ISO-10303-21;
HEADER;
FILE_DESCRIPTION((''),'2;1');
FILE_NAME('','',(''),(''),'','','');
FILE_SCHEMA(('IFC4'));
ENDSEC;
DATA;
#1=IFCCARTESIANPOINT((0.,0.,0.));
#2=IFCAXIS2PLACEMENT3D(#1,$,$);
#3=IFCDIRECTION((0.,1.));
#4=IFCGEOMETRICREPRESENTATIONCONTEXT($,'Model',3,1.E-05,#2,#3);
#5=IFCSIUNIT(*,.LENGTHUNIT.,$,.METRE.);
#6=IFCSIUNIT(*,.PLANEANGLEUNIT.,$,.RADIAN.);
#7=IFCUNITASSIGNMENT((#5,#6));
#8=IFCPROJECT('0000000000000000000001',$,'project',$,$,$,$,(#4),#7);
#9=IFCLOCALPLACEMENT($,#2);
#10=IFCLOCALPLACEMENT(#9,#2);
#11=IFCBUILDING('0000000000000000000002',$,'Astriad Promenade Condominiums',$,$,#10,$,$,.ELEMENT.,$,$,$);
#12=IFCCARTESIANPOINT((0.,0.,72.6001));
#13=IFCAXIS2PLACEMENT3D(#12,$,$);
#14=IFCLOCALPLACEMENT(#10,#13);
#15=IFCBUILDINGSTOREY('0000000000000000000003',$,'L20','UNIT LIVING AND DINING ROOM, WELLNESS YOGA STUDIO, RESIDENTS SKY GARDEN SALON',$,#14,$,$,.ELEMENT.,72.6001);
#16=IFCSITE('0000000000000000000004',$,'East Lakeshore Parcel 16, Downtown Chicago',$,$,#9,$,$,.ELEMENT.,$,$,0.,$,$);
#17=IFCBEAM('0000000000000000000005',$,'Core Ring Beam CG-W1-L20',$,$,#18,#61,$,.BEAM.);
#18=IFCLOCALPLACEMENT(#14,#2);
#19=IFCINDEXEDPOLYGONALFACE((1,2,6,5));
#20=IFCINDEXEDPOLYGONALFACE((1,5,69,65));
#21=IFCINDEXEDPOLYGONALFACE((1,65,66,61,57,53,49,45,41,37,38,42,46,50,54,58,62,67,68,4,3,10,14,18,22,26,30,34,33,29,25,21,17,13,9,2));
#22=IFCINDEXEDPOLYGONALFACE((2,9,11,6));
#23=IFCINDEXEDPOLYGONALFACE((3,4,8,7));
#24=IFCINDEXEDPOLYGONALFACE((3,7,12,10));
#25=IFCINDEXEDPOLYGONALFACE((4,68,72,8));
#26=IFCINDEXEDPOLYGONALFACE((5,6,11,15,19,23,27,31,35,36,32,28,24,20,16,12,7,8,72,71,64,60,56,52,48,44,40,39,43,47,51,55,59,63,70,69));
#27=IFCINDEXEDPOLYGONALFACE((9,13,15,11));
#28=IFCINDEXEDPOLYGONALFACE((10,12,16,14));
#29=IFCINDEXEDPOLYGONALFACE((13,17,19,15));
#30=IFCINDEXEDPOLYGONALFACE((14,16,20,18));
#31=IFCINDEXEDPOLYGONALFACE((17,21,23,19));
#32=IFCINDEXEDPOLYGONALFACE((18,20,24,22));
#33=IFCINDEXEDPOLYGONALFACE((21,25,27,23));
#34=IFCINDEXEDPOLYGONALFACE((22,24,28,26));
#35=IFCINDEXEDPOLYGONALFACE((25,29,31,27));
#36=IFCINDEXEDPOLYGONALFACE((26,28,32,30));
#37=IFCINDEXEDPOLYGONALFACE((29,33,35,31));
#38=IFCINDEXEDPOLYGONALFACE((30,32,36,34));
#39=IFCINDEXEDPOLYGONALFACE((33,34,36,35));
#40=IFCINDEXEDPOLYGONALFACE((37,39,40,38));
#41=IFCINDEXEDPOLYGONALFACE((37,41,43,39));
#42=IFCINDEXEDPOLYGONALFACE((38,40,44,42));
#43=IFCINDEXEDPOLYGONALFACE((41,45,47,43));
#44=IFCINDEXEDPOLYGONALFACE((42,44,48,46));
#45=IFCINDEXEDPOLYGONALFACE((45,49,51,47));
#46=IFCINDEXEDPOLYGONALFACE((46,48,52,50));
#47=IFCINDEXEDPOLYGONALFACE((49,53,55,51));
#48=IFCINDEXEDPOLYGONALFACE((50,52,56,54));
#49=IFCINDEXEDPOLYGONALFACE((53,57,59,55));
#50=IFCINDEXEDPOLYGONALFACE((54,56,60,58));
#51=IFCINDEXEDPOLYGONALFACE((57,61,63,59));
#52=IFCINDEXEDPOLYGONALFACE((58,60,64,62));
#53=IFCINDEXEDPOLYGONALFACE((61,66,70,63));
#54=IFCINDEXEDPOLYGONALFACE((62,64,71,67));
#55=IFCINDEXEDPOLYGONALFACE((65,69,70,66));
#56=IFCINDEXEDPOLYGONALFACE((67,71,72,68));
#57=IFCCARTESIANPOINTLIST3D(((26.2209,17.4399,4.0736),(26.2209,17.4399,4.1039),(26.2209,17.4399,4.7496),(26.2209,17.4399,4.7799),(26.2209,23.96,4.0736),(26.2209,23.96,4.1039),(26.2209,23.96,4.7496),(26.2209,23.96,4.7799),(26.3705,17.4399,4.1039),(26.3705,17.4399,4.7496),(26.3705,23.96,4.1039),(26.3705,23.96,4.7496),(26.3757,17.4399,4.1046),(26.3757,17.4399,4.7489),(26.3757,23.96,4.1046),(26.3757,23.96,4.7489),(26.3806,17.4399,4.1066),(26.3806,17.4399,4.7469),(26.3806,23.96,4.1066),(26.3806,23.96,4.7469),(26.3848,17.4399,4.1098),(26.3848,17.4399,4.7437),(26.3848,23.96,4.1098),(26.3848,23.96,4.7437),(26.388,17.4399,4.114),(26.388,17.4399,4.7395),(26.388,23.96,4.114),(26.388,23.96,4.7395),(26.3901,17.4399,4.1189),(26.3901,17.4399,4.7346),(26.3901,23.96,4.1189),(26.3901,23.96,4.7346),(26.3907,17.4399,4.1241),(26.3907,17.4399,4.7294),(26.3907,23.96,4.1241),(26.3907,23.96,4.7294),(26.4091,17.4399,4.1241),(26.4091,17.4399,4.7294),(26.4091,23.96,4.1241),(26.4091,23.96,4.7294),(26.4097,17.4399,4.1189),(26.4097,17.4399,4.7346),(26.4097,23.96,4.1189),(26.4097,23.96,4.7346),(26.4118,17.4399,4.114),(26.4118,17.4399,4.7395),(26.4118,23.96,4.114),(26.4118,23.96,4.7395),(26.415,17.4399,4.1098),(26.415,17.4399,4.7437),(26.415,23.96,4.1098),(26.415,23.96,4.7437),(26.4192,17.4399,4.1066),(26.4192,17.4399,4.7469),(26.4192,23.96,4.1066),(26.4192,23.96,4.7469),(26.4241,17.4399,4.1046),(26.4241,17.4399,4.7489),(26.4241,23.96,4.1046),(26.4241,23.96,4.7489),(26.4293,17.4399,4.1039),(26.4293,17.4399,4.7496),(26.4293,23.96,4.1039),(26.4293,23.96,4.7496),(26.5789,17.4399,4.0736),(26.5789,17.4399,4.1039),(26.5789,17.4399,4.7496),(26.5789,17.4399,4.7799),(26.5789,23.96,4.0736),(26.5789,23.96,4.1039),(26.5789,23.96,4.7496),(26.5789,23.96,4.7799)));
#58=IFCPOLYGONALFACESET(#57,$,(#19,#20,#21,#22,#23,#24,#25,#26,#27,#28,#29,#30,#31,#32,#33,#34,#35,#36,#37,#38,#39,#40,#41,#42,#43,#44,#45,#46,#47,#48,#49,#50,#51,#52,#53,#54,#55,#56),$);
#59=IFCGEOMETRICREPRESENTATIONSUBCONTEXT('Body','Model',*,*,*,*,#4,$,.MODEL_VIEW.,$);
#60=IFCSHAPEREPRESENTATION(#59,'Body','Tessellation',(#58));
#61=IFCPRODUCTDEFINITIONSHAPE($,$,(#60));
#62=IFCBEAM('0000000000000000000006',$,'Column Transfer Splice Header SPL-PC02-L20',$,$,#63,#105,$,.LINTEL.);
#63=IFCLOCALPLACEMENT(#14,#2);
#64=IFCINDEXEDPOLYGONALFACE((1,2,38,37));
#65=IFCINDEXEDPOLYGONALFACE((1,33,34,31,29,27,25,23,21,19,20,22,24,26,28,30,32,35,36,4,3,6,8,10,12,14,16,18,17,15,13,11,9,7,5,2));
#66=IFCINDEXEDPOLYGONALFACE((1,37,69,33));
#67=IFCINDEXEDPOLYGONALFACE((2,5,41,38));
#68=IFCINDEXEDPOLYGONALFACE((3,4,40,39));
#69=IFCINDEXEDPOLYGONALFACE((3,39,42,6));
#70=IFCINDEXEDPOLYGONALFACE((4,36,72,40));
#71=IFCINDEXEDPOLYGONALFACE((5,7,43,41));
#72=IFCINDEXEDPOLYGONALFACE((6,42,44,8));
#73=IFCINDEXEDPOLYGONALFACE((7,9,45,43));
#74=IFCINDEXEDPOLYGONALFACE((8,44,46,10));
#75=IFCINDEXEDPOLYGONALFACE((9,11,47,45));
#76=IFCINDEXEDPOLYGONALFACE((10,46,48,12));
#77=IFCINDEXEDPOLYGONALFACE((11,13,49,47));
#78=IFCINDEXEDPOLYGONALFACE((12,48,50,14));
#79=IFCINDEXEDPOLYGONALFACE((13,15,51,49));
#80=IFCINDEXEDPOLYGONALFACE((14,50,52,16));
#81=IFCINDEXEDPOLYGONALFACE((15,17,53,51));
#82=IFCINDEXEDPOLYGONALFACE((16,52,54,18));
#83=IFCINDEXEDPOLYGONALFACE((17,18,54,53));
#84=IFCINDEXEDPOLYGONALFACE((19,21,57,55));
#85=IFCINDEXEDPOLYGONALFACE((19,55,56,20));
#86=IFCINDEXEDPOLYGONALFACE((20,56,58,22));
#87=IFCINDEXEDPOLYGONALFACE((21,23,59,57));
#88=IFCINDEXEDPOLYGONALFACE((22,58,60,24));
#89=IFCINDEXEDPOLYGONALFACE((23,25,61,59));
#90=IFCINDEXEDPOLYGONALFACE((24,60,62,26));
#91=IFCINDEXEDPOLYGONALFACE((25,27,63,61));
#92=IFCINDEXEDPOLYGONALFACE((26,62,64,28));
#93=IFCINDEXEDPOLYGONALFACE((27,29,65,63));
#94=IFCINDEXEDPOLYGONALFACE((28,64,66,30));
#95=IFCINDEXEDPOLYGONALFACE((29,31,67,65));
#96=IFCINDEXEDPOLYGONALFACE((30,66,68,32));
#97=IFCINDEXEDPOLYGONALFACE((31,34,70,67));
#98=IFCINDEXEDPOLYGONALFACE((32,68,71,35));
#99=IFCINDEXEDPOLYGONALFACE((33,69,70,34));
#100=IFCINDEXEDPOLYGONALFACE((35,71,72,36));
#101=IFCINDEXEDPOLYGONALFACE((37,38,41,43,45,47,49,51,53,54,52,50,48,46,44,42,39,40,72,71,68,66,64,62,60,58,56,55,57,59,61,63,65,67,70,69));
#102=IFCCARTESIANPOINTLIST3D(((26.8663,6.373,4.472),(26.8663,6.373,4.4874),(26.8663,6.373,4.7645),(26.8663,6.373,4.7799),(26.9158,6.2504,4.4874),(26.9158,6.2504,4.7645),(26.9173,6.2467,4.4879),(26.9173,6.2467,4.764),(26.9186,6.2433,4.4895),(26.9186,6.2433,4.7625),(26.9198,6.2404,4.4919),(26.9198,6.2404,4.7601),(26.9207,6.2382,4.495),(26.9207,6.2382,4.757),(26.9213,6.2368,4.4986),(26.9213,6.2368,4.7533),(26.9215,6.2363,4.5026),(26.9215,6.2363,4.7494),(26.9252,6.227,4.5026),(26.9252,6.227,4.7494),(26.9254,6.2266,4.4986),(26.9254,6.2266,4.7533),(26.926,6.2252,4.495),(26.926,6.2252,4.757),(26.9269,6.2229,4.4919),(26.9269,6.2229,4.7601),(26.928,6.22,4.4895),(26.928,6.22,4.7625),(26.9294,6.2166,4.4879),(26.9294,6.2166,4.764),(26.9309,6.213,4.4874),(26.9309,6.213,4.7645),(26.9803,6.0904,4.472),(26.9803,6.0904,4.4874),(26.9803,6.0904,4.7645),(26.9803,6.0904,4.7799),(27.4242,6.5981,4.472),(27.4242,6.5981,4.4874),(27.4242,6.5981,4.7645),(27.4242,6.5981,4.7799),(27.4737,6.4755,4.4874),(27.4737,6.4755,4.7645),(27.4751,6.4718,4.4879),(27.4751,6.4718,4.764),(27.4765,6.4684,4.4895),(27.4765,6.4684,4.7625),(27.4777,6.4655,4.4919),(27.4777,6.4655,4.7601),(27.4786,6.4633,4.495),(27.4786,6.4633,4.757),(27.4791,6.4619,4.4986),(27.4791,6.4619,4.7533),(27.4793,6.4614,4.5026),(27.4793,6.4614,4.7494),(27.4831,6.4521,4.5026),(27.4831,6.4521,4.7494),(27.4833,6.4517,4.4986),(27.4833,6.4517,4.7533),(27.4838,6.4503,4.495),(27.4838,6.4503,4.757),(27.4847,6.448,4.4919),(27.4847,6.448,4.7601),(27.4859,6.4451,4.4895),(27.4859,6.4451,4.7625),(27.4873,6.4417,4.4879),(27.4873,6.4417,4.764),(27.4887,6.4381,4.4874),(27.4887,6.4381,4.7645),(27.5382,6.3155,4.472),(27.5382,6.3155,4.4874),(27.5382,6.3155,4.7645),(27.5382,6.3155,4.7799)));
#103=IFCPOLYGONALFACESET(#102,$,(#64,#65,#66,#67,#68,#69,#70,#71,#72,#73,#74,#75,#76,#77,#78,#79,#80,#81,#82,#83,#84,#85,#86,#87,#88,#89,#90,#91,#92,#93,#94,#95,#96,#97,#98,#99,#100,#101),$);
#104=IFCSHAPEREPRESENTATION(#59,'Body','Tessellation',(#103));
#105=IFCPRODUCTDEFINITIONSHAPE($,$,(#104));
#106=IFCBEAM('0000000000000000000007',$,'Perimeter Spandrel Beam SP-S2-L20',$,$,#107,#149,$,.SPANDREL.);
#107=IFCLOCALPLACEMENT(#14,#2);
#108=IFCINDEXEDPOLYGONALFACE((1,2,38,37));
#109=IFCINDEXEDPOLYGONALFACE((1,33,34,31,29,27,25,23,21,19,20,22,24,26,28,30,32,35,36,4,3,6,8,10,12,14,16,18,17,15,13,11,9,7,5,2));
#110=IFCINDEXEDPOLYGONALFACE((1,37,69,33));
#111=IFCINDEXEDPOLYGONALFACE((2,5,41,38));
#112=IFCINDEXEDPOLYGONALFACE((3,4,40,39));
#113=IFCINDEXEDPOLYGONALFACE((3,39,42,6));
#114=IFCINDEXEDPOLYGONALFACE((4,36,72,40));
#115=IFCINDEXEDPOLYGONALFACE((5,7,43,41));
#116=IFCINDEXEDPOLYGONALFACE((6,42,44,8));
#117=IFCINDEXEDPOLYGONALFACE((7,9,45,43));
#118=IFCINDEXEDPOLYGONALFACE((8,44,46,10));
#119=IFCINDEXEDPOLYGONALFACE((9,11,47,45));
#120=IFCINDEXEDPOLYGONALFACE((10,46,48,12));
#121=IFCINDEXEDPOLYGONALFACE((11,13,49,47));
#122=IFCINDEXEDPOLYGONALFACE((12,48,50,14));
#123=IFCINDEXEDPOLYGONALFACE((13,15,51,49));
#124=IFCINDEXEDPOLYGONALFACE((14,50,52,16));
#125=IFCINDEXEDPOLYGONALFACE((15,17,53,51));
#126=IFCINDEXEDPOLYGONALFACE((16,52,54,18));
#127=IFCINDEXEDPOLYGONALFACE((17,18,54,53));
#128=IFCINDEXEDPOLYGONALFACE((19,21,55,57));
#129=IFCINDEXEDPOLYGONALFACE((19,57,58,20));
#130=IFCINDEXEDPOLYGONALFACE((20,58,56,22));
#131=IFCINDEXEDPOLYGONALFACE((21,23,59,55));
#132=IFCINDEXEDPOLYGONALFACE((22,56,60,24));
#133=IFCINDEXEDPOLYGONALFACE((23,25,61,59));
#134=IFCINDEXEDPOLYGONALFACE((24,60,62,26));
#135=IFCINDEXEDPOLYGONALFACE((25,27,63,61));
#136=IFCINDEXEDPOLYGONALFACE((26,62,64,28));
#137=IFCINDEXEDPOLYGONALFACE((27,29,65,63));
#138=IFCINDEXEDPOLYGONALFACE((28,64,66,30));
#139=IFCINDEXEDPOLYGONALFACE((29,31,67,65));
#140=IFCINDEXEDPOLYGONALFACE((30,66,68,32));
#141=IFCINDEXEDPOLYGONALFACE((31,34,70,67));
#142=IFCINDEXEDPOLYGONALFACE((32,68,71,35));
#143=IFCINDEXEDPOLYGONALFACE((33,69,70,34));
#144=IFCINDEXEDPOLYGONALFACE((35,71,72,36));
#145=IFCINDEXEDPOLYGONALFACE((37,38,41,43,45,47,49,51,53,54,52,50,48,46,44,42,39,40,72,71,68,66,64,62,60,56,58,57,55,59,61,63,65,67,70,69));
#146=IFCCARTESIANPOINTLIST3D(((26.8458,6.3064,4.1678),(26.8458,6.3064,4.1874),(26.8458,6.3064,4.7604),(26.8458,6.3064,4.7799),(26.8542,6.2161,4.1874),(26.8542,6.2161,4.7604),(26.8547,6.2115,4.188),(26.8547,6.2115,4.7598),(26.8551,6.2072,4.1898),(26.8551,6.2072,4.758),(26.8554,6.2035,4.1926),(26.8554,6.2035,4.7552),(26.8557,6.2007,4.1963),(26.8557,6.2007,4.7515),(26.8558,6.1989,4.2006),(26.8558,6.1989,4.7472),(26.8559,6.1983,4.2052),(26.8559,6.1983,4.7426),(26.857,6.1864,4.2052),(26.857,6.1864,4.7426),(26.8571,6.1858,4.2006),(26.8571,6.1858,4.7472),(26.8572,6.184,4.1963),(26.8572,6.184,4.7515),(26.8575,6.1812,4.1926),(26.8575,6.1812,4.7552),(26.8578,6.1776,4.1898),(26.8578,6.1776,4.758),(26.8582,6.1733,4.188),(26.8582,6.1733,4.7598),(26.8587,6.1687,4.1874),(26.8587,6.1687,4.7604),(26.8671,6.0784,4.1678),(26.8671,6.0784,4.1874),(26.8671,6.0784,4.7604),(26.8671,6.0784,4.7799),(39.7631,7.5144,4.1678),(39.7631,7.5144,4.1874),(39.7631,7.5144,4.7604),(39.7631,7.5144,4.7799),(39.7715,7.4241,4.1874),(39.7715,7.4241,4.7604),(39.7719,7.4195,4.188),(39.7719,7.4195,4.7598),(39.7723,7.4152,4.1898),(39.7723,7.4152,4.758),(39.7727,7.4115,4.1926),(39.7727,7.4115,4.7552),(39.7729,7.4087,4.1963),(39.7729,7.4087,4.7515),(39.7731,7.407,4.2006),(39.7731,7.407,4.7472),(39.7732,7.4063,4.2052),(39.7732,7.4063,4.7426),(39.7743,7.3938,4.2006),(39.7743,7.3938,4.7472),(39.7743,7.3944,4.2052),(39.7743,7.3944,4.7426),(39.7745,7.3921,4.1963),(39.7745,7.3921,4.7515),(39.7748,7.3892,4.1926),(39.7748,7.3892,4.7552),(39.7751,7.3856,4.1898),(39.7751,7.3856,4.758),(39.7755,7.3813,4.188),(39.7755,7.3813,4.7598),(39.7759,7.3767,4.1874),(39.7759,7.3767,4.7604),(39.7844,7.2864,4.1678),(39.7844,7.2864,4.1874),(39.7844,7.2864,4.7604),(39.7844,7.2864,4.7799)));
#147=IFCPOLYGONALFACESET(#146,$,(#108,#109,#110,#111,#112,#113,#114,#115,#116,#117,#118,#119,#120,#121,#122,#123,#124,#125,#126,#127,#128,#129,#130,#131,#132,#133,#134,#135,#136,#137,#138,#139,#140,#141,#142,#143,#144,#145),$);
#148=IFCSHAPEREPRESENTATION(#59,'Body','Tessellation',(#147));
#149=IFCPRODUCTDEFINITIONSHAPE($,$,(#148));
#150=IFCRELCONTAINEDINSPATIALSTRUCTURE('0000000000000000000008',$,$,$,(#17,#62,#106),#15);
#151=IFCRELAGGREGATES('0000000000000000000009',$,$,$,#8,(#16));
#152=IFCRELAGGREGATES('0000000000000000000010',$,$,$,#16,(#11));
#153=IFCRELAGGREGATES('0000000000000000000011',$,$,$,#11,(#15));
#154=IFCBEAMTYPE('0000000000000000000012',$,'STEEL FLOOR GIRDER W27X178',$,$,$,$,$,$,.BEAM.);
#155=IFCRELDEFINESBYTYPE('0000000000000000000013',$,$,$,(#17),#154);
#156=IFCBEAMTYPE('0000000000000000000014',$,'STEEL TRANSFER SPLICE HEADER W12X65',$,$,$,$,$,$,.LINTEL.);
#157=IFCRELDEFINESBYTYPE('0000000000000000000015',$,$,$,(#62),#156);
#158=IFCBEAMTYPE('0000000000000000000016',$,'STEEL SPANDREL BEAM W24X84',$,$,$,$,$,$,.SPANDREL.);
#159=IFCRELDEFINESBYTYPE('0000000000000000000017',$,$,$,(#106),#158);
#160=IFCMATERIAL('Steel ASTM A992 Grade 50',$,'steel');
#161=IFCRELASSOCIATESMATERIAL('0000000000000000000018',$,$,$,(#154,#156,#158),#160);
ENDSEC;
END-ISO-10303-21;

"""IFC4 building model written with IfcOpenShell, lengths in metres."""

from ifc_helpers import new_model, si_unit, direction, frame, origin, origin_2d, place, context, subcontext, project, spatial, i_section, extrude, source, transform, mapped, material, material_profile, profile_set, type_object, type_shapes, element, save


model = new_model("IFC4")

# Units and contexts
model_context = context("Model", 3, precision=1e-05, world=origin(), true_north=direction((0.0, 1.0)))
body_context = subcontext(model_context, "Body", "Model", "MODEL_VIEW")
ifc_project = project(units=[si_unit("LENGTHUNIT", "METRE"), si_unit("PLANEANGLEUNIT", "RADIAN")], contexts=[model_context])

# Site, building, storey
site_placement = place(None, origin())
site = spatial("IfcSite", under=ifc_project, at=site_placement, Name="East Lakeshore Parcel 16, Downtown Chicago", CompositionType="ELEMENT", RefElevation=0.0)
building_placement = place(site_placement, origin())
building = spatial("IfcBuilding", under=site, at=building_placement, Name="Astriad Promenade Condominiums", CompositionType="ELEMENT")
storey_placement = place(building_placement, frame((0.0, 0.0, 72.6001)))
storey = spatial("IfcBuildingStorey", under=building, at=storey_placement, Name="L20", Description="UNIT LIVING AND DINING ROOM, WELLNESS YOGA STUDIO, RESIDENTS SKY GARDEN SALON", CompositionType="ELEMENT", Elevation=72.6001)

# Shared definitions
ifc_material_1 = material(Name="Steel ASTM A992 Grade 50", Category="steel")

# Beams
ifc_material_profile_1 = material_profile(ifc_material_1, i_section(OverallWidth=0.3579, OverallDepth=0.7063, WebThickness=0.0183, FlangeThickness=0.0303, FilletRadius=0.0203, at=origin_2d()), Name="W27X178")
ifc_profile_set_1 = profile_set([ifc_material_profile_1], Name="Steel ASTM A992 Grade 50")
beam_type_1 = type_object("IfcBeamType", Name="STEEL FLOOR GIRDER W27X178", PredefinedType="BEAM", material=ifc_profile_set_1)
shared_shape_1 = source(origin(), body_context, "Body", "SweptSolid", [
    extrude(i_section(OverallWidth=0.3579, OverallDepth=0.7063, WebThickness=0.0183, FlangeThickness=0.0303, FilletRadius=0.0203, at=origin_2d()), origin(), (0.0, 0.0, 1.0), 6.52),
])
beam_1_placement = place(storey_placement, frame((26.3999, 17.4399, 4.4268), z_axis=(0.0, 1.0, 0.0), x_axis=(-1.0, 0.0, 0.0)))
element("IfcBeam", 1, at=beam_1_placement, inside=storey, type_object=beam_type_1, Name="Core Ring Beam CG-W1-L20", PredefinedType="BEAM", context=body_context, shape_type="MappedRepresentation", body=[
    mapped(shared_shape_1, transform((0.0, 0.0, 0.0), scale=1.0)),
])
ifc_material_profile_2 = material_profile(ifc_material_1, i_section(OverallWidth=0.3047, OverallDepth=0.3079, WebThickness=0.01, FlangeThickness=0.0154, FilletRadius=0.0151, at=origin_2d()), Name="W12X65")
ifc_profile_set_2 = profile_set([ifc_material_profile_2], Name="Steel ASTM A992 Grade 50")
beam_type_2 = type_object("IfcBeamType", Name="STEEL TRANSFER SPLICE HEADER W12X65", PredefinedType="LINTEL", material=ifc_profile_set_2)
shared_shape_2 = source(origin(), body_context, "Body", "SweptSolid", [
    extrude(i_section(OverallWidth=0.3047, OverallDepth=0.3079, WebThickness=0.01, FlangeThickness=0.0154, FilletRadius=0.0151, at=origin_2d()), origin(), (0.0, 0.0, 1.0), 0.6016),
])
type_shapes(beam_type_2, [shared_shape_2])
beam_2_placement = place(storey_placement, frame((26.9233, 6.2317, 4.626), z_axis=(0.927353, 0.374188, 0.0), x_axis=(-0.374188, 0.927353, 0.0)))
element("IfcBeam", 2, at=beam_2_placement, inside=storey, type_object=beam_type_2, Name="Column Transfer Splice Header SPL-PC02-L20", PredefinedType="LINTEL", context=body_context, shape_type="MappedRepresentation", body=[
    mapped(shared_shape_2, transform((0.0, 0.0, 0.0), scale=1.0)),
])
ifc_material_profile_3 = material_profile(ifc_material_1, i_section(OverallWidth=0.229, OverallDepth=0.6121, WebThickness=0.012, FlangeThickness=0.0195, FilletRadius=0.0178, at=origin_2d()), Name="W24X84")
ifc_profile_set_3 = profile_set([ifc_material_profile_3], Name="Steel ASTM A992 Grade 50")
beam_type_3 = type_object("IfcBeamType", Name="STEEL SPANDREL BEAM W24X84", PredefinedType="SPANDREL", material=ifc_profile_set_3)
shared_shape_3 = source(origin(), body_context, "Body", "SweptSolid", [
    extrude(i_section(OverallWidth=0.229, OverallDepth=0.6121, WebThickness=0.012, FlangeThickness=0.0195, FilletRadius=0.0178, at=origin_2d()), origin(), (0.0, 0.0, 1.0), 12.9736),
])
type_shapes(beam_type_3, [shared_shape_3])
beam_3_placement = place(storey_placement, frame((26.8564, 6.1924, 4.4739), z_axis=(0.995656, 0.093113, 0.0), x_axis=(-0.093113, 0.995656, 0.0)))
element("IfcBeam", 3, at=beam_3_placement, inside=storey, type_object=beam_type_3, Name="Perimeter Spandrel Beam SP-S2-L20", PredefinedType="SPANDREL", context=body_context, shape_type="MappedRepresentation", body=[
    mapped(shared_shape_3, transform((0.0, 0.0, 0.0), scale=1.0)),
])

save(model, "model.ifc")
